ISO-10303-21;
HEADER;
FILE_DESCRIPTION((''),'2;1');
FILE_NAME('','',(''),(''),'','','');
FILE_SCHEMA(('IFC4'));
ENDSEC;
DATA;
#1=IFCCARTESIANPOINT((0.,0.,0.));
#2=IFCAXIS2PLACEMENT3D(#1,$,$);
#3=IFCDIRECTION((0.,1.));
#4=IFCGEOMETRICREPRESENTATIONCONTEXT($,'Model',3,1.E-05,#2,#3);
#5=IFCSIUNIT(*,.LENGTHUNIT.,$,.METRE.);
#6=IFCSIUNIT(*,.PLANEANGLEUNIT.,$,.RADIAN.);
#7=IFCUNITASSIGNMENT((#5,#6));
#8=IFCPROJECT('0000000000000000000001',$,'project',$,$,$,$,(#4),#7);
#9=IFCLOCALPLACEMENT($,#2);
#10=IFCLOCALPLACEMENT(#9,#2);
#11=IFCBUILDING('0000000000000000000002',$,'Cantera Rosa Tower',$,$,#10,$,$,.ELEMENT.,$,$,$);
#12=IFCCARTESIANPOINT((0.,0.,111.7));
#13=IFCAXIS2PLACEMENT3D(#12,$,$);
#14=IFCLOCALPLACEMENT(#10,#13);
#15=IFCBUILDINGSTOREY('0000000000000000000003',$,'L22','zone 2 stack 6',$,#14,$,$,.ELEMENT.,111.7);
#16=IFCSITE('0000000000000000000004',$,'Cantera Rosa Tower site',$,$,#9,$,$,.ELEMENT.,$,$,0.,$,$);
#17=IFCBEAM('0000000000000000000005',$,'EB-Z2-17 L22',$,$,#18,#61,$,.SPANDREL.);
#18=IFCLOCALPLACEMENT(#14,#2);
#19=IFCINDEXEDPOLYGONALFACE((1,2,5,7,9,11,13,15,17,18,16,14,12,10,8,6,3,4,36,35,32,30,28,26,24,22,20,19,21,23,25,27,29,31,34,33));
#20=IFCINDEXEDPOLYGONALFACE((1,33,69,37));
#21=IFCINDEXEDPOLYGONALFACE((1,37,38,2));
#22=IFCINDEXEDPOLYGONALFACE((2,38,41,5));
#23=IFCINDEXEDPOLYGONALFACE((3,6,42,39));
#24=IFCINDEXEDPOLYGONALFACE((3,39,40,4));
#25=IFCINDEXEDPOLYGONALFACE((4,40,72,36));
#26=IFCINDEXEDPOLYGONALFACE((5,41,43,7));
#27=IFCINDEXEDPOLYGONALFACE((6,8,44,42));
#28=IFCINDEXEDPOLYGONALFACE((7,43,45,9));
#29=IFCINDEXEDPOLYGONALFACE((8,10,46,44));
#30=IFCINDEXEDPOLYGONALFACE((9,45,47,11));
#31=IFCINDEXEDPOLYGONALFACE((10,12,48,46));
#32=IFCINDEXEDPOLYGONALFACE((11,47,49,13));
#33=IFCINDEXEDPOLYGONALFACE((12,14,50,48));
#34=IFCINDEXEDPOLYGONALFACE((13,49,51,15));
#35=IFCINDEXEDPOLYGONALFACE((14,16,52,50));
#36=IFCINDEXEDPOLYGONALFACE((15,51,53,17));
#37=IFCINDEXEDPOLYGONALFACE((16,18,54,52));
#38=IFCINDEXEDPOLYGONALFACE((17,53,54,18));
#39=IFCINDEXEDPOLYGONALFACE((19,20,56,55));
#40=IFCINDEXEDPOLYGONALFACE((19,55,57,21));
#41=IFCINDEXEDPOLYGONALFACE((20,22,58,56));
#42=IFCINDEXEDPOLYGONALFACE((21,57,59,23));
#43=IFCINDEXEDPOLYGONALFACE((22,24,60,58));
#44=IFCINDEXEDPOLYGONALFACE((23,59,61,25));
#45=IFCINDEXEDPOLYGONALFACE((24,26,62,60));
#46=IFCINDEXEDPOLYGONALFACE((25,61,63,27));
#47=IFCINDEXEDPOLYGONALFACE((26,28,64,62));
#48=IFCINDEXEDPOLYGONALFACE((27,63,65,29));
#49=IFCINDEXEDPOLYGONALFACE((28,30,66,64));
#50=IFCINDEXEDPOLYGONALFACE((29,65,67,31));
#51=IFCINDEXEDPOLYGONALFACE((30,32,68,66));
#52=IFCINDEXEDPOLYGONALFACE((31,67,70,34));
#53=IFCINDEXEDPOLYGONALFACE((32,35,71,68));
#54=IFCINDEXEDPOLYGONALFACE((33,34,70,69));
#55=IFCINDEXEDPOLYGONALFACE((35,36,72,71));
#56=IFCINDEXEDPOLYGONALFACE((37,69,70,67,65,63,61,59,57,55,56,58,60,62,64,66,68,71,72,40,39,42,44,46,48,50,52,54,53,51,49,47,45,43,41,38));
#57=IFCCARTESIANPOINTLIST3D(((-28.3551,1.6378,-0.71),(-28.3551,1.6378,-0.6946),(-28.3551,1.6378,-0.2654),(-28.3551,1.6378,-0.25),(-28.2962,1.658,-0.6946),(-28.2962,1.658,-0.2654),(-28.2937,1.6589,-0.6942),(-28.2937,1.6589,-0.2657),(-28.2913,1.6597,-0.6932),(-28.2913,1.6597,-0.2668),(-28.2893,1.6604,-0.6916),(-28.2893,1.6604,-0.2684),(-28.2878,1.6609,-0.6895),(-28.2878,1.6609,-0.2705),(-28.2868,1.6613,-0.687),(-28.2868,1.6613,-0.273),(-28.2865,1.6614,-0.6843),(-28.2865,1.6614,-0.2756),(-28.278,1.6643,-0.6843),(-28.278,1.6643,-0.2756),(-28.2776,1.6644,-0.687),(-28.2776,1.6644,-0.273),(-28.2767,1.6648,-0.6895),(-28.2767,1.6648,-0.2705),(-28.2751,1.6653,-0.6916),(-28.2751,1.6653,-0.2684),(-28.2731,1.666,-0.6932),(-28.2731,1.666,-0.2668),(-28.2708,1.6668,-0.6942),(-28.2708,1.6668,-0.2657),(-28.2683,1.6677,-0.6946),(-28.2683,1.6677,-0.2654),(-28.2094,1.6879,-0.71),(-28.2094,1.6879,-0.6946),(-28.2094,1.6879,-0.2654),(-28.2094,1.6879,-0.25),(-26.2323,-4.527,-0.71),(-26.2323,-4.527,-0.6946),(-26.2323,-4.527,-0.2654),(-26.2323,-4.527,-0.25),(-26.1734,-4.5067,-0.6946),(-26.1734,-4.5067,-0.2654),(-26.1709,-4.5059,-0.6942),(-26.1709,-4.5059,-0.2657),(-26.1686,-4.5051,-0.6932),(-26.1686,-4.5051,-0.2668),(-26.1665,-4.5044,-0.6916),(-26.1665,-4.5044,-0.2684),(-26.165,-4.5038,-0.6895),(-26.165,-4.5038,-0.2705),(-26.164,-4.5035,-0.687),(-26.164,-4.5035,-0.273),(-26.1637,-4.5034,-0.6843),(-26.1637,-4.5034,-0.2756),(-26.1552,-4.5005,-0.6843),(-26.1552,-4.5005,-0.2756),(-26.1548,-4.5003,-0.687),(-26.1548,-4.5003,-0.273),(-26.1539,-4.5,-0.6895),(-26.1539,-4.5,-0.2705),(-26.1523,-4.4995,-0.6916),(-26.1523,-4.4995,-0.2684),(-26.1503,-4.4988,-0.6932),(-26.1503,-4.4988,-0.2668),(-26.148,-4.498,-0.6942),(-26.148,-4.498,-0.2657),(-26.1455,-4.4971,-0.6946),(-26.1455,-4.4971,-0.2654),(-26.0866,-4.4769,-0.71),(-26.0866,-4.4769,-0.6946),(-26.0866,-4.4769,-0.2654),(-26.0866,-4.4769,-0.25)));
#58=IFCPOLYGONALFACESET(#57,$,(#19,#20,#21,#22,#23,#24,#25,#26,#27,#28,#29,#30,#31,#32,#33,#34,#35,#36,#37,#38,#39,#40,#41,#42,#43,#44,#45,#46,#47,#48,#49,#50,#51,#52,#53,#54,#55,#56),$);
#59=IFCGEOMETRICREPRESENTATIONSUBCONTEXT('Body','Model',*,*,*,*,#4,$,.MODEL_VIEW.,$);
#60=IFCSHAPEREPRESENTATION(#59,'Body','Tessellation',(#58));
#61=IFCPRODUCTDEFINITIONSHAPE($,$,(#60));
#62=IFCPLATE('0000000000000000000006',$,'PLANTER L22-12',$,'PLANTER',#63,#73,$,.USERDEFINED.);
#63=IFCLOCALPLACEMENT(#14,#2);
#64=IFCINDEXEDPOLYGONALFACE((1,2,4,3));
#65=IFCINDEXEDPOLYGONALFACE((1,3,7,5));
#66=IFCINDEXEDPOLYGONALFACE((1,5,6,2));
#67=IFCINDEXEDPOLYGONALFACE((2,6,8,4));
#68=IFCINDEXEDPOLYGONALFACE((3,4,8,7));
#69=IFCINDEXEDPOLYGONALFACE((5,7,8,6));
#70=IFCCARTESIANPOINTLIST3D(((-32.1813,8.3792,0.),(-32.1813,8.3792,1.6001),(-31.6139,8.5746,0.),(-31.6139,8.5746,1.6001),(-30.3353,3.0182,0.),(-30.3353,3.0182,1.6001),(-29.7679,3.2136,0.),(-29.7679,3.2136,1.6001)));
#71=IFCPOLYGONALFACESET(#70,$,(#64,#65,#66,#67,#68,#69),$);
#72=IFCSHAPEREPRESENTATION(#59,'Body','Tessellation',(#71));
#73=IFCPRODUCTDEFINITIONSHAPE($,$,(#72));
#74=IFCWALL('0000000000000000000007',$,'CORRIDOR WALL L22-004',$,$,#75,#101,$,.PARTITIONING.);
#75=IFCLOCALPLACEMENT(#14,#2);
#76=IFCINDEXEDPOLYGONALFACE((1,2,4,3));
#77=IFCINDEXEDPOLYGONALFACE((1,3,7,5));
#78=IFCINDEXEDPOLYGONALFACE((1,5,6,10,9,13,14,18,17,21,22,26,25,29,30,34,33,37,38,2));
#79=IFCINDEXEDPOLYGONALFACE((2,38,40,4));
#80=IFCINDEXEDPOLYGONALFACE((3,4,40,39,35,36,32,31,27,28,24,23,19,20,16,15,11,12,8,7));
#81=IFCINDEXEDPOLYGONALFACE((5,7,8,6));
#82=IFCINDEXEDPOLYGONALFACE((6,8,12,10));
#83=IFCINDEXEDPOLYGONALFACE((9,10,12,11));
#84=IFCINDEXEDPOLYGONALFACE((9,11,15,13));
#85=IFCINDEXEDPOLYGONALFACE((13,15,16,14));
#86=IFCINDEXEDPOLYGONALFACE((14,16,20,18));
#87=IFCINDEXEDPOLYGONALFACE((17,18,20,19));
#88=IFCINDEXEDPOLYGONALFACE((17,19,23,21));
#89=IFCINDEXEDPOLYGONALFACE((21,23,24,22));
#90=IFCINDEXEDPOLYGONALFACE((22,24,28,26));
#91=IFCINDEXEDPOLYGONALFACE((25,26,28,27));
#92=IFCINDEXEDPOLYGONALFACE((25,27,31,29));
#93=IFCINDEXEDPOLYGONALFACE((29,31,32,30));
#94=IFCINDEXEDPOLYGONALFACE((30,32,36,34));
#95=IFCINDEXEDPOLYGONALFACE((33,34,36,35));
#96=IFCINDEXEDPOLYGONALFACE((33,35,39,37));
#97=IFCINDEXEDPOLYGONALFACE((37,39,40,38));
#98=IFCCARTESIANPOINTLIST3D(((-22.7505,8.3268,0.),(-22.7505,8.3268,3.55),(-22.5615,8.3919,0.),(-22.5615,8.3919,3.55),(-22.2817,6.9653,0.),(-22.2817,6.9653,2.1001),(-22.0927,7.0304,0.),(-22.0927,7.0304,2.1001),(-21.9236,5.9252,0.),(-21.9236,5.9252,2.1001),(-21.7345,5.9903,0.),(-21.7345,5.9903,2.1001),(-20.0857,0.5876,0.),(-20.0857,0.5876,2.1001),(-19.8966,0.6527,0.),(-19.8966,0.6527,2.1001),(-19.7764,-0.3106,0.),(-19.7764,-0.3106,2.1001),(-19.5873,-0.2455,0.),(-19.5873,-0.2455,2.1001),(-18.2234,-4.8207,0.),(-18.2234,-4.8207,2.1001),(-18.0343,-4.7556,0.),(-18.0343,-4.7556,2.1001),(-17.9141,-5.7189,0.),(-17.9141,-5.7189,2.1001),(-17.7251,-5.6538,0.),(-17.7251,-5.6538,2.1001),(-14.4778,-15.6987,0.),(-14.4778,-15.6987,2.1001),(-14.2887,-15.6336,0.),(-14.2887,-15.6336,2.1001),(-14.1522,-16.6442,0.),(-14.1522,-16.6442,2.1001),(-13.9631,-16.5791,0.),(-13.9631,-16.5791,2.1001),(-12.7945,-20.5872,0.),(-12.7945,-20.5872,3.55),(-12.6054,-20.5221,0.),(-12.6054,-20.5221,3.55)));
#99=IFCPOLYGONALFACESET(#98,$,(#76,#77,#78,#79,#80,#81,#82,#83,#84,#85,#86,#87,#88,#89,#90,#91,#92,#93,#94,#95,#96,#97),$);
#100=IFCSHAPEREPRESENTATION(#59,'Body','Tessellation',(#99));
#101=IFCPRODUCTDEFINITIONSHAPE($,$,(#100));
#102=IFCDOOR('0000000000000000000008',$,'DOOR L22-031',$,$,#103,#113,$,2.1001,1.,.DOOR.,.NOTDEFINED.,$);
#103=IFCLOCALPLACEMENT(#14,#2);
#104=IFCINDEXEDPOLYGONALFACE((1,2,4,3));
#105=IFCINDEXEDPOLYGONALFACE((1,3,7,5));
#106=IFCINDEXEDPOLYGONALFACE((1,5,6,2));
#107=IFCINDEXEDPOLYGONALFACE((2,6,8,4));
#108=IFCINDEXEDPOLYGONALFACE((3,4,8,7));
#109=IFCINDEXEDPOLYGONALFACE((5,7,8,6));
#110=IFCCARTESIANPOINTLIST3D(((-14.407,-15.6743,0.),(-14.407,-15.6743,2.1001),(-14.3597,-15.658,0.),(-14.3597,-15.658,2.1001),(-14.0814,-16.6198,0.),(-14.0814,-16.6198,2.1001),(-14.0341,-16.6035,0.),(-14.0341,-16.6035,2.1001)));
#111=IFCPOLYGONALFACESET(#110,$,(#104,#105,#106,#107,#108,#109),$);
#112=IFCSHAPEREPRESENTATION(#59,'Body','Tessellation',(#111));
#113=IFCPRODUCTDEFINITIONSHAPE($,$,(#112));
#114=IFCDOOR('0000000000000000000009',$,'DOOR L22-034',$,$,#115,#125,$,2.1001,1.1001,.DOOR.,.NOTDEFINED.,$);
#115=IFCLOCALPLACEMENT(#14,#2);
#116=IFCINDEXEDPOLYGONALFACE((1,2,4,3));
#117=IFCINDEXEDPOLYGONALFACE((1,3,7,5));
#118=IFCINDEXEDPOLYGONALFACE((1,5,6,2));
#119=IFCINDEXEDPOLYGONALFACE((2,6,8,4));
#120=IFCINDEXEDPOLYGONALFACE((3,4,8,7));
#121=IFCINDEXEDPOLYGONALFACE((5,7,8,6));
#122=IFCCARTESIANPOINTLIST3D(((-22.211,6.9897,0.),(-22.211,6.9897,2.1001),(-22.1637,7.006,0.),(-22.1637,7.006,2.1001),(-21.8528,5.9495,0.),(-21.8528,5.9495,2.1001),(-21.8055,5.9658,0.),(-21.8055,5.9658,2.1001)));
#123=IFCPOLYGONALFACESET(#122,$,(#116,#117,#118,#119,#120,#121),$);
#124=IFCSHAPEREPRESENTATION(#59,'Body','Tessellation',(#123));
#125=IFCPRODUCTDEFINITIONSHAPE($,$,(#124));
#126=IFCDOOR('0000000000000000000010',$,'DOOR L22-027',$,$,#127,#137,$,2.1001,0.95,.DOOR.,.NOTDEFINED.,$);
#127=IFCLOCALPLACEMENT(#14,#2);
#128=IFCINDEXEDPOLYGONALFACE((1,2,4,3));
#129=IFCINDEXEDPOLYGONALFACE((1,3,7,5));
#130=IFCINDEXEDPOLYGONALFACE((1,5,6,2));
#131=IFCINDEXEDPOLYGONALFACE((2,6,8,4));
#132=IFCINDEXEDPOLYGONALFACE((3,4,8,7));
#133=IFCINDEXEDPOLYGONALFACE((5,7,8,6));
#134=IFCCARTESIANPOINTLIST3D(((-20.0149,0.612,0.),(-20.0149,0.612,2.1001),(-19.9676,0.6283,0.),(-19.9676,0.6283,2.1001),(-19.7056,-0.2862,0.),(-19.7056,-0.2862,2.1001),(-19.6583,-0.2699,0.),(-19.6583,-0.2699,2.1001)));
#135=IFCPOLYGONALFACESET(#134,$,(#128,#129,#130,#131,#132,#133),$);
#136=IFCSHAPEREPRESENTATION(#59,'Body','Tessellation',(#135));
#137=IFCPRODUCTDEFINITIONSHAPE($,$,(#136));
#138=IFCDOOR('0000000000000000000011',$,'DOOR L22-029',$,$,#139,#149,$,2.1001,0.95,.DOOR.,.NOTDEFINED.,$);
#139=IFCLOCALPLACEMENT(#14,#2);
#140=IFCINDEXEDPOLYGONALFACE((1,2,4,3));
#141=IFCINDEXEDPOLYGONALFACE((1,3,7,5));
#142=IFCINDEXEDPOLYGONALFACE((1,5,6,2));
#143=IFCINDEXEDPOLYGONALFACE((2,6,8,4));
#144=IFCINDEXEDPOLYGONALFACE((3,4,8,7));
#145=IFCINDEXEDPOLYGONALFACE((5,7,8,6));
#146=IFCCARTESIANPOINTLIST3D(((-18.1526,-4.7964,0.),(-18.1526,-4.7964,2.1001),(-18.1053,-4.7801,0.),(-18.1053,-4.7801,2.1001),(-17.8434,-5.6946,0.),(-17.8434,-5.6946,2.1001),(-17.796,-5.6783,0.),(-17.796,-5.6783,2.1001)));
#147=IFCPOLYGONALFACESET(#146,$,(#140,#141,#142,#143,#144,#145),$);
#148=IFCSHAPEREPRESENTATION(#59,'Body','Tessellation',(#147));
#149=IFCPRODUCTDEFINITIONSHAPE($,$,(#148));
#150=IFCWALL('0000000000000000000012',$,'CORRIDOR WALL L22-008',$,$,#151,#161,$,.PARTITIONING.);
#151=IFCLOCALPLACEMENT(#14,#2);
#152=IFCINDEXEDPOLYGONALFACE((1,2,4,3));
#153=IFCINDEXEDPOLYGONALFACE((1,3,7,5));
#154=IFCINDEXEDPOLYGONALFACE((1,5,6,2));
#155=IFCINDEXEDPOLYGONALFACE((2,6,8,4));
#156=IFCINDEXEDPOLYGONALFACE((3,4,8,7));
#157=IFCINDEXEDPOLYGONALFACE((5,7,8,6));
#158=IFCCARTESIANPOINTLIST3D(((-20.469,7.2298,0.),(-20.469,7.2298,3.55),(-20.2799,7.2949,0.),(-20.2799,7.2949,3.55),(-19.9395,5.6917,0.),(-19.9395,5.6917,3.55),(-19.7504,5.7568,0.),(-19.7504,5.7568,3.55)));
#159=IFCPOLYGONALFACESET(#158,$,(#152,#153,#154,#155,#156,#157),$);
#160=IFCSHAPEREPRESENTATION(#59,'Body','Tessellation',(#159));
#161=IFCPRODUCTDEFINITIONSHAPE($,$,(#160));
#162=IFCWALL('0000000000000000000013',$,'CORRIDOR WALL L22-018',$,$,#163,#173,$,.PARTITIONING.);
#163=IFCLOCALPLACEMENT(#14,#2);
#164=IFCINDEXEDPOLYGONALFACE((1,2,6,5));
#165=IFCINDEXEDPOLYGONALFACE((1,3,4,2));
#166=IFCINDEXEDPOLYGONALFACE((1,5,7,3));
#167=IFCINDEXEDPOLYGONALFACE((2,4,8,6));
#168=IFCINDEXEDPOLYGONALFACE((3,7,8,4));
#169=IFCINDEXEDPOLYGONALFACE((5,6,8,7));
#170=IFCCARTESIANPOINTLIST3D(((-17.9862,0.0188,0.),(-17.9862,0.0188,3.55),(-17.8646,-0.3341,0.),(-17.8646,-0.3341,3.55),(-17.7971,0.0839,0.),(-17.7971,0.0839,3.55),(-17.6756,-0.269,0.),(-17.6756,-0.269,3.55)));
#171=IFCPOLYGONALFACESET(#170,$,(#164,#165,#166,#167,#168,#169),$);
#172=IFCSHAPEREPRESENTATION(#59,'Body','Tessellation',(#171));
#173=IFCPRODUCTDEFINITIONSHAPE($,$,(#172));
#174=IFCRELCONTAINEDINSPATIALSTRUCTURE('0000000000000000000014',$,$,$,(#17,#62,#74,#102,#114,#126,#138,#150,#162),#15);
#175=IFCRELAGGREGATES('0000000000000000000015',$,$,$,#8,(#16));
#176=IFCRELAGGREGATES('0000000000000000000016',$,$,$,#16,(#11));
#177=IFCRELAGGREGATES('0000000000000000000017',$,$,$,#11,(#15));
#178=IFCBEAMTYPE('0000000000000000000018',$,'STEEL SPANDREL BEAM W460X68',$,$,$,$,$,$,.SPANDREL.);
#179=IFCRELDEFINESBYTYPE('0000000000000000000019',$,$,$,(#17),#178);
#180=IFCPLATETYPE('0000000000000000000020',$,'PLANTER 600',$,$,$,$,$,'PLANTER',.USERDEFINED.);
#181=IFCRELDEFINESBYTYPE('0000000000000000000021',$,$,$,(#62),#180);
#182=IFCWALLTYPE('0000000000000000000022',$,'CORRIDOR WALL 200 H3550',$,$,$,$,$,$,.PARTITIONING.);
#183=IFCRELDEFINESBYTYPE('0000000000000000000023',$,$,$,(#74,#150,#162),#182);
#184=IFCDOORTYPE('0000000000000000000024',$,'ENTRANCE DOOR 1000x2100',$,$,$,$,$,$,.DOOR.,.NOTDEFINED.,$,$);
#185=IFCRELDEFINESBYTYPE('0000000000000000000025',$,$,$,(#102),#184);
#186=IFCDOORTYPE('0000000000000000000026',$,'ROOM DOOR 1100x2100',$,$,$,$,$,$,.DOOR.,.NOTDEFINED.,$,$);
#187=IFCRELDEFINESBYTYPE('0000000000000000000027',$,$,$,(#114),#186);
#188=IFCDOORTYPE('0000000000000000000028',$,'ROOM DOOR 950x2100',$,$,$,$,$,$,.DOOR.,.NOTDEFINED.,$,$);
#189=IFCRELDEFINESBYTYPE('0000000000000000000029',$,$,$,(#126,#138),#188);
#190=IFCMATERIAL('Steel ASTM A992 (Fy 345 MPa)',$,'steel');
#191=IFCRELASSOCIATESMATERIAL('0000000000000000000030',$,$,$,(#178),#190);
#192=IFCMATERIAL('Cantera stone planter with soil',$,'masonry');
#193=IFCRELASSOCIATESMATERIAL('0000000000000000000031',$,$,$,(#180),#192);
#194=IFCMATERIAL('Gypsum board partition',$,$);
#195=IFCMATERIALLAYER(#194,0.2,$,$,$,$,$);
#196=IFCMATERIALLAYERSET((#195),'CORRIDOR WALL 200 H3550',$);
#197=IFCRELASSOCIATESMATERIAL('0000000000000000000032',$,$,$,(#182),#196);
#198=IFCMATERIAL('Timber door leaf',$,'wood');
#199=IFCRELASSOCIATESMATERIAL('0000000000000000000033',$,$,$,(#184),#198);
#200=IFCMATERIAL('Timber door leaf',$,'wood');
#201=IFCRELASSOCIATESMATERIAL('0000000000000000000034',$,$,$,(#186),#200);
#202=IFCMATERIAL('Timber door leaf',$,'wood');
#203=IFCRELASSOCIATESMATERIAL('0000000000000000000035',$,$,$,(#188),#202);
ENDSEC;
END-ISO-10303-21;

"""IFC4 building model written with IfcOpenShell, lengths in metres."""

from ifc_helpers import new_model, si_unit, direction, frame, frame_2d, origin, origin_2d, place, context, subcontext, project, spatial, rectangle, i_section, extrude, material, layer, layer_set, material_profile, profile_set, type_object, element, fill, save


model = new_model("IFC4")

# Units and contexts
model_context = context("Model", 3, precision=1e-05, world=origin(), true_north=direction((0.0, 1.0)))
body_context = subcontext(model_context, "Body", "Model", "MODEL_VIEW")
ifc_project = project(units=[si_unit("LENGTHUNIT", "METRE"), si_unit("PLANEANGLEUNIT", "RADIAN")], contexts=[model_context])

# Site, building, storey
site_placement = place(None, origin())
site = spatial("IfcSite", under=ifc_project, at=site_placement, Name="Cantera Rosa Tower site", CompositionType="ELEMENT", RefElevation=0.0)
building_placement = place(site_placement, origin())
building = spatial("IfcBuilding", under=site, at=building_placement, Name="Cantera Rosa Tower", CompositionType="ELEMENT")
storey_placement = place(building_placement, frame((0.0, 0.0, 111.7)))
storey = spatial("IfcBuildingStorey", under=building, at=storey_placement, Name="L22", Description="zone 2 stack 6", CompositionType="ELEMENT", Elevation=111.7)

# Beam
ifc_material_1 = material(Name="Steel ASTM A992 (Fy 345 MPa)", Category="steel")
ifc_material_profile_1 = material_profile(ifc_material_1, i_section(OverallWidth=0.1541, OverallDepth=0.46, WebThickness=0.009, FlangeThickness=0.0154, FilletRadius=0.0103, at=origin_2d()), Name="W460X68")
ifc_profile_set_1 = profile_set([ifc_material_profile_1], Name="Steel ASTM A992 (Fy 345 MPa)")
beam_type_1 = type_object("IfcBeamType", Name="STEEL SPANDREL BEAM W460X68", PredefinedType="SPANDREL", material=ifc_profile_set_1)
beam_1_placement = place(storey_placement, frame((-28.2822, 1.6628, -0.48), z_axis=(0.325581, -0.945514, 0.0), x_axis=(0.945514, 0.325581, 0.0)))
element("IfcBeam", 1, at=beam_1_placement, inside=storey, type_object=beam_type_1, Name="EB-Z2-17 L22", PredefinedType="SPANDREL", context=body_context, shape_type="SweptSolid", body=[
    extrude(i_section(OverallWidth=0.1541, OverallDepth=0.46, WebThickness=0.009, FlangeThickness=0.0154, FilletRadius=0.0103, at=origin_2d()), origin(), (0.0, 0.0, 1.0), 6.52),
])

# Plate
ifc_material_2 = material(Name="Cantera stone planter with soil", Category="masonry")
plate_type = type_object("IfcPlateType", Name="PLANTER 600", ElementType="PLANTER", PredefinedType="USERDEFINED", material=ifc_material_2)
plate_placement = place(storey_placement, frame((-30.9746, 5.7964, 0.0), z_axis=(0.0, 0.0, 1.0), x_axis=(0.325568, -0.945519, 0.0)))
element("IfcPlate", 2, at=plate_placement, inside=storey, type_object=plate_type, Name="PLANTER L22-12", ObjectType="PLANTER", PredefinedType="USERDEFINED", context=body_context, shape_type="SweptSolid", body=[
    extrude(rectangle(XDim=5.6699, YDim=0.6001, at=origin_2d()), origin(), (0.0, 0.0, 1.0), 1.6001),
])

# Wall, openings, doors
ifc_material_3 = material(Name="Gypsum board partition")
ifc_layer_1 = layer(ifc_material_3, 0.2)
ifc_layer_set_1 = layer_set([ifc_layer_1], Name="CORRIDOR WALL 200 H3550")
wall_type_1 = type_object("IfcWallType", Name="CORRIDOR WALL 200 H3550", PredefinedType="PARTITIONING", material=ifc_layer_set_1)
wall_1_placement = place(storey_placement, frame((-22.656, 8.3594, 0.0), z_axis=(0.0, 0.0, 1.0), x_axis=(0.325572, -0.945517, 0.0)))
wall_1 = element("IfcWall", 3, at=wall_1_placement, inside=storey, type_object=wall_type_1, Name="CORRIDOR WALL L22-004", PredefinedType="PARTITIONING", context=body_context, shape_type="SweptSolid", body=[
    extrude(rectangle(XDim=30.5801, YDim=0.2, at=frame_2d((15.29, 0.0))), origin(), (0.0, 0.0, 1.0), 3.55),
])
opening_1_placement = place(wall_1_placement, frame((8.1851, 0.0, 0.0)))
opening_1 = element("IfcOpeningElement", 4, at=opening_1_placement, cuts=wall_1, PredefinedType="OPENING", context=body_context, shape_type="SweptSolid", body=[
    extrude(rectangle(XDim=0.95, YDim=2.1001, at=frame_2d((0.4751, 1.05))), frame((0.0, 0.1099, 0.0), z_axis=(0.0, -1.0, 0.0), x_axis=(1.0, 0.0, 0.0)), (0.0, 0.0, 1.0), 0.22),
])
opening_2_placement = place(wall_1_placement, frame((13.905, 0.0, 0.0)))
opening_2 = element("IfcOpeningElement", 5, at=opening_2_placement, cuts=wall_1, PredefinedType="OPENING", context=body_context, shape_type="SweptSolid", body=[
    extrude(rectangle(XDim=0.95, YDim=2.1001, at=frame_2d((0.4751, 1.05))), frame((0.0, 0.1099, 0.0), z_axis=(0.0, -1.0, 0.0), x_axis=(1.0, 0.0, 0.0)), (0.0, 0.0, 1.0), 0.22),
])
opening_3_placement = place(wall_1_placement, frame((25.4099, 0.0, 0.0)))
opening_3 = element("IfcOpeningElement", 6, at=opening_3_placement, cuts=wall_1, PredefinedType="OPENING", context=body_context, shape_type="SweptSolid", body=[
    extrude(rectangle(XDim=1.0, YDim=2.1001, at=frame_2d((0.5, 1.05))), frame((0.0, 0.1099, 0.0), z_axis=(0.0, -1.0, 0.0), x_axis=(1.0, 0.0, 0.0)), (0.0, 0.0, 1.0), 0.22),
])
opening_4_placement = place(wall_1_placement, frame((1.4399, 0.0, 0.0)))
opening_4 = element("IfcOpeningElement", 7, at=opening_4_placement, cuts=wall_1, PredefinedType="OPENING", context=body_context, shape_type="SweptSolid", body=[
    extrude(rectangle(XDim=1.1001, YDim=2.1001, at=frame_2d((0.55, 1.05))), frame((0.0, 0.1099, 0.0), z_axis=(0.0, -1.0, 0.0), x_axis=(1.0, 0.0, 0.0)), (0.0, 0.0, 1.0), 0.22),
])
ifc_material_4 = material(Name="Timber door leaf", Category="wood")
door_type_1 = type_object("IfcDoorType", Name="ENTRANCE DOOR 1000x2100", OperationType="NOTDEFINED", PredefinedType="DOOR", material=ifc_material_4)
door_1_placement = place(opening_3_placement, origin())
door_1 = element("IfcDoor", 8, at=door_1_placement, inside=storey, type_object=door_type_1, Name="DOOR L22-031", OperationType="NOTDEFINED", OverallHeight=2.1001, OverallWidth=1.0, PredefinedType="DOOR", context=body_context, shape_type="SweptSolid", body=[
    extrude(rectangle(XDim=1.0, YDim=2.1001, at=frame_2d((0.5, 1.05))), frame((0.0, 0.0249, 0.0), z_axis=(0.0, -1.0, 0.0), x_axis=(1.0, 0.0, 0.0)), (0.0, 0.0, 1.0), 0.05),
])
fill(opening_3, door_1)
ifc_material_5 = material(Name="Timber door leaf", Category="wood")
door_type_2 = type_object("IfcDoorType", Name="ROOM DOOR 1100x2100", OperationType="NOTDEFINED", PredefinedType="DOOR", material=ifc_material_5)
door_2_placement = place(opening_4_placement, origin())
door_2 = element("IfcDoor", 9, at=door_2_placement, inside=storey, type_object=door_type_2, Name="DOOR L22-034", OperationType="NOTDEFINED", OverallHeight=2.1001, OverallWidth=1.1001, PredefinedType="DOOR", context=body_context, shape_type="SweptSolid", body=[
    extrude(rectangle(XDim=1.1001, YDim=2.1001, at=frame_2d((0.55, 1.05))), frame((0.0, 0.0249, 0.0), z_axis=(0.0, -1.0, 0.0), x_axis=(1.0, 0.0, 0.0)), (0.0, 0.0, 1.0), 0.05),
])
fill(opening_4, door_2)
ifc_material_6 = material(Name="Timber door leaf", Category="wood")
door_type_3 = type_object("IfcDoorType", Name="ROOM DOOR 950x2100", OperationType="NOTDEFINED", PredefinedType="DOOR", material=ifc_material_6)
door_3_placement = place(opening_1_placement, origin())
door_3 = element("IfcDoor", 10, at=door_3_placement, inside=storey, type_object=door_type_3, Name="DOOR L22-027", OperationType="NOTDEFINED", OverallHeight=2.1001, OverallWidth=0.95, PredefinedType="DOOR", context=body_context, shape_type="SweptSolid", body=[
    extrude(rectangle(XDim=0.95, YDim=2.1001, at=frame_2d((0.4751, 1.05))), frame((0.0, 0.0249, 0.0), z_axis=(0.0, -1.0, 0.0), x_axis=(1.0, 0.0, 0.0)), (0.0, 0.0, 1.0), 0.05),
])
fill(opening_1, door_3)
door_4_placement = place(opening_2_placement, origin())
door_4 = element("IfcDoor", 11, at=door_4_placement, inside=storey, type_object=door_type_3, Name="DOOR L22-029", OperationType="NOTDEFINED", OverallHeight=2.1001, OverallWidth=0.95, PredefinedType="DOOR", context=body_context, shape_type="SweptSolid", body=[
    extrude(rectangle(XDim=0.95, YDim=2.1001, at=frame_2d((0.4751, 1.05))), frame((0.0, 0.0249, 0.0), z_axis=(0.0, -1.0, 0.0), x_axis=(1.0, 0.0, 0.0)), (0.0, 0.0, 1.0), 0.05),
])
fill(opening_2, door_4)

# Walls
wall_2_placement = place(storey_placement, frame((-20.3745, 7.2625, 0.0), z_axis=(0.0, 0.0, 1.0), x_axis=(0.325533, -0.945531, 0.0)))
element("IfcWall", 12, at=wall_2_placement, inside=storey, type_object=wall_type_1, Name="CORRIDOR WALL L22-008", PredefinedType="PARTITIONING", context=body_context, shape_type="SweptSolid", body=[
    extrude(rectangle(XDim=1.6267, YDim=0.2, at=frame_2d((0.8135, 0.0))), origin(), (0.0, 0.0, 1.0), 3.55),
])
wall_3_placement = place(storey_placement, frame((-17.8916, 0.0513, 0.0), z_axis=(0.0, 0.0, 1.0), x_axis=(0.325628, -0.945498, 0.0)))
element("IfcWall", 13, at=wall_3_placement, inside=storey, type_object=wall_type_1, Name="CORRIDOR WALL L22-018", PredefinedType="PARTITIONING", context=body_context, shape_type="SweptSolid", body=[
    extrude(rectangle(XDim=0.3733, YDim=0.2, at=frame_2d((0.1865, 0.0))), origin(), (0.0, 0.0, 1.0), 3.55),
])

save(model, "model.ifc")
